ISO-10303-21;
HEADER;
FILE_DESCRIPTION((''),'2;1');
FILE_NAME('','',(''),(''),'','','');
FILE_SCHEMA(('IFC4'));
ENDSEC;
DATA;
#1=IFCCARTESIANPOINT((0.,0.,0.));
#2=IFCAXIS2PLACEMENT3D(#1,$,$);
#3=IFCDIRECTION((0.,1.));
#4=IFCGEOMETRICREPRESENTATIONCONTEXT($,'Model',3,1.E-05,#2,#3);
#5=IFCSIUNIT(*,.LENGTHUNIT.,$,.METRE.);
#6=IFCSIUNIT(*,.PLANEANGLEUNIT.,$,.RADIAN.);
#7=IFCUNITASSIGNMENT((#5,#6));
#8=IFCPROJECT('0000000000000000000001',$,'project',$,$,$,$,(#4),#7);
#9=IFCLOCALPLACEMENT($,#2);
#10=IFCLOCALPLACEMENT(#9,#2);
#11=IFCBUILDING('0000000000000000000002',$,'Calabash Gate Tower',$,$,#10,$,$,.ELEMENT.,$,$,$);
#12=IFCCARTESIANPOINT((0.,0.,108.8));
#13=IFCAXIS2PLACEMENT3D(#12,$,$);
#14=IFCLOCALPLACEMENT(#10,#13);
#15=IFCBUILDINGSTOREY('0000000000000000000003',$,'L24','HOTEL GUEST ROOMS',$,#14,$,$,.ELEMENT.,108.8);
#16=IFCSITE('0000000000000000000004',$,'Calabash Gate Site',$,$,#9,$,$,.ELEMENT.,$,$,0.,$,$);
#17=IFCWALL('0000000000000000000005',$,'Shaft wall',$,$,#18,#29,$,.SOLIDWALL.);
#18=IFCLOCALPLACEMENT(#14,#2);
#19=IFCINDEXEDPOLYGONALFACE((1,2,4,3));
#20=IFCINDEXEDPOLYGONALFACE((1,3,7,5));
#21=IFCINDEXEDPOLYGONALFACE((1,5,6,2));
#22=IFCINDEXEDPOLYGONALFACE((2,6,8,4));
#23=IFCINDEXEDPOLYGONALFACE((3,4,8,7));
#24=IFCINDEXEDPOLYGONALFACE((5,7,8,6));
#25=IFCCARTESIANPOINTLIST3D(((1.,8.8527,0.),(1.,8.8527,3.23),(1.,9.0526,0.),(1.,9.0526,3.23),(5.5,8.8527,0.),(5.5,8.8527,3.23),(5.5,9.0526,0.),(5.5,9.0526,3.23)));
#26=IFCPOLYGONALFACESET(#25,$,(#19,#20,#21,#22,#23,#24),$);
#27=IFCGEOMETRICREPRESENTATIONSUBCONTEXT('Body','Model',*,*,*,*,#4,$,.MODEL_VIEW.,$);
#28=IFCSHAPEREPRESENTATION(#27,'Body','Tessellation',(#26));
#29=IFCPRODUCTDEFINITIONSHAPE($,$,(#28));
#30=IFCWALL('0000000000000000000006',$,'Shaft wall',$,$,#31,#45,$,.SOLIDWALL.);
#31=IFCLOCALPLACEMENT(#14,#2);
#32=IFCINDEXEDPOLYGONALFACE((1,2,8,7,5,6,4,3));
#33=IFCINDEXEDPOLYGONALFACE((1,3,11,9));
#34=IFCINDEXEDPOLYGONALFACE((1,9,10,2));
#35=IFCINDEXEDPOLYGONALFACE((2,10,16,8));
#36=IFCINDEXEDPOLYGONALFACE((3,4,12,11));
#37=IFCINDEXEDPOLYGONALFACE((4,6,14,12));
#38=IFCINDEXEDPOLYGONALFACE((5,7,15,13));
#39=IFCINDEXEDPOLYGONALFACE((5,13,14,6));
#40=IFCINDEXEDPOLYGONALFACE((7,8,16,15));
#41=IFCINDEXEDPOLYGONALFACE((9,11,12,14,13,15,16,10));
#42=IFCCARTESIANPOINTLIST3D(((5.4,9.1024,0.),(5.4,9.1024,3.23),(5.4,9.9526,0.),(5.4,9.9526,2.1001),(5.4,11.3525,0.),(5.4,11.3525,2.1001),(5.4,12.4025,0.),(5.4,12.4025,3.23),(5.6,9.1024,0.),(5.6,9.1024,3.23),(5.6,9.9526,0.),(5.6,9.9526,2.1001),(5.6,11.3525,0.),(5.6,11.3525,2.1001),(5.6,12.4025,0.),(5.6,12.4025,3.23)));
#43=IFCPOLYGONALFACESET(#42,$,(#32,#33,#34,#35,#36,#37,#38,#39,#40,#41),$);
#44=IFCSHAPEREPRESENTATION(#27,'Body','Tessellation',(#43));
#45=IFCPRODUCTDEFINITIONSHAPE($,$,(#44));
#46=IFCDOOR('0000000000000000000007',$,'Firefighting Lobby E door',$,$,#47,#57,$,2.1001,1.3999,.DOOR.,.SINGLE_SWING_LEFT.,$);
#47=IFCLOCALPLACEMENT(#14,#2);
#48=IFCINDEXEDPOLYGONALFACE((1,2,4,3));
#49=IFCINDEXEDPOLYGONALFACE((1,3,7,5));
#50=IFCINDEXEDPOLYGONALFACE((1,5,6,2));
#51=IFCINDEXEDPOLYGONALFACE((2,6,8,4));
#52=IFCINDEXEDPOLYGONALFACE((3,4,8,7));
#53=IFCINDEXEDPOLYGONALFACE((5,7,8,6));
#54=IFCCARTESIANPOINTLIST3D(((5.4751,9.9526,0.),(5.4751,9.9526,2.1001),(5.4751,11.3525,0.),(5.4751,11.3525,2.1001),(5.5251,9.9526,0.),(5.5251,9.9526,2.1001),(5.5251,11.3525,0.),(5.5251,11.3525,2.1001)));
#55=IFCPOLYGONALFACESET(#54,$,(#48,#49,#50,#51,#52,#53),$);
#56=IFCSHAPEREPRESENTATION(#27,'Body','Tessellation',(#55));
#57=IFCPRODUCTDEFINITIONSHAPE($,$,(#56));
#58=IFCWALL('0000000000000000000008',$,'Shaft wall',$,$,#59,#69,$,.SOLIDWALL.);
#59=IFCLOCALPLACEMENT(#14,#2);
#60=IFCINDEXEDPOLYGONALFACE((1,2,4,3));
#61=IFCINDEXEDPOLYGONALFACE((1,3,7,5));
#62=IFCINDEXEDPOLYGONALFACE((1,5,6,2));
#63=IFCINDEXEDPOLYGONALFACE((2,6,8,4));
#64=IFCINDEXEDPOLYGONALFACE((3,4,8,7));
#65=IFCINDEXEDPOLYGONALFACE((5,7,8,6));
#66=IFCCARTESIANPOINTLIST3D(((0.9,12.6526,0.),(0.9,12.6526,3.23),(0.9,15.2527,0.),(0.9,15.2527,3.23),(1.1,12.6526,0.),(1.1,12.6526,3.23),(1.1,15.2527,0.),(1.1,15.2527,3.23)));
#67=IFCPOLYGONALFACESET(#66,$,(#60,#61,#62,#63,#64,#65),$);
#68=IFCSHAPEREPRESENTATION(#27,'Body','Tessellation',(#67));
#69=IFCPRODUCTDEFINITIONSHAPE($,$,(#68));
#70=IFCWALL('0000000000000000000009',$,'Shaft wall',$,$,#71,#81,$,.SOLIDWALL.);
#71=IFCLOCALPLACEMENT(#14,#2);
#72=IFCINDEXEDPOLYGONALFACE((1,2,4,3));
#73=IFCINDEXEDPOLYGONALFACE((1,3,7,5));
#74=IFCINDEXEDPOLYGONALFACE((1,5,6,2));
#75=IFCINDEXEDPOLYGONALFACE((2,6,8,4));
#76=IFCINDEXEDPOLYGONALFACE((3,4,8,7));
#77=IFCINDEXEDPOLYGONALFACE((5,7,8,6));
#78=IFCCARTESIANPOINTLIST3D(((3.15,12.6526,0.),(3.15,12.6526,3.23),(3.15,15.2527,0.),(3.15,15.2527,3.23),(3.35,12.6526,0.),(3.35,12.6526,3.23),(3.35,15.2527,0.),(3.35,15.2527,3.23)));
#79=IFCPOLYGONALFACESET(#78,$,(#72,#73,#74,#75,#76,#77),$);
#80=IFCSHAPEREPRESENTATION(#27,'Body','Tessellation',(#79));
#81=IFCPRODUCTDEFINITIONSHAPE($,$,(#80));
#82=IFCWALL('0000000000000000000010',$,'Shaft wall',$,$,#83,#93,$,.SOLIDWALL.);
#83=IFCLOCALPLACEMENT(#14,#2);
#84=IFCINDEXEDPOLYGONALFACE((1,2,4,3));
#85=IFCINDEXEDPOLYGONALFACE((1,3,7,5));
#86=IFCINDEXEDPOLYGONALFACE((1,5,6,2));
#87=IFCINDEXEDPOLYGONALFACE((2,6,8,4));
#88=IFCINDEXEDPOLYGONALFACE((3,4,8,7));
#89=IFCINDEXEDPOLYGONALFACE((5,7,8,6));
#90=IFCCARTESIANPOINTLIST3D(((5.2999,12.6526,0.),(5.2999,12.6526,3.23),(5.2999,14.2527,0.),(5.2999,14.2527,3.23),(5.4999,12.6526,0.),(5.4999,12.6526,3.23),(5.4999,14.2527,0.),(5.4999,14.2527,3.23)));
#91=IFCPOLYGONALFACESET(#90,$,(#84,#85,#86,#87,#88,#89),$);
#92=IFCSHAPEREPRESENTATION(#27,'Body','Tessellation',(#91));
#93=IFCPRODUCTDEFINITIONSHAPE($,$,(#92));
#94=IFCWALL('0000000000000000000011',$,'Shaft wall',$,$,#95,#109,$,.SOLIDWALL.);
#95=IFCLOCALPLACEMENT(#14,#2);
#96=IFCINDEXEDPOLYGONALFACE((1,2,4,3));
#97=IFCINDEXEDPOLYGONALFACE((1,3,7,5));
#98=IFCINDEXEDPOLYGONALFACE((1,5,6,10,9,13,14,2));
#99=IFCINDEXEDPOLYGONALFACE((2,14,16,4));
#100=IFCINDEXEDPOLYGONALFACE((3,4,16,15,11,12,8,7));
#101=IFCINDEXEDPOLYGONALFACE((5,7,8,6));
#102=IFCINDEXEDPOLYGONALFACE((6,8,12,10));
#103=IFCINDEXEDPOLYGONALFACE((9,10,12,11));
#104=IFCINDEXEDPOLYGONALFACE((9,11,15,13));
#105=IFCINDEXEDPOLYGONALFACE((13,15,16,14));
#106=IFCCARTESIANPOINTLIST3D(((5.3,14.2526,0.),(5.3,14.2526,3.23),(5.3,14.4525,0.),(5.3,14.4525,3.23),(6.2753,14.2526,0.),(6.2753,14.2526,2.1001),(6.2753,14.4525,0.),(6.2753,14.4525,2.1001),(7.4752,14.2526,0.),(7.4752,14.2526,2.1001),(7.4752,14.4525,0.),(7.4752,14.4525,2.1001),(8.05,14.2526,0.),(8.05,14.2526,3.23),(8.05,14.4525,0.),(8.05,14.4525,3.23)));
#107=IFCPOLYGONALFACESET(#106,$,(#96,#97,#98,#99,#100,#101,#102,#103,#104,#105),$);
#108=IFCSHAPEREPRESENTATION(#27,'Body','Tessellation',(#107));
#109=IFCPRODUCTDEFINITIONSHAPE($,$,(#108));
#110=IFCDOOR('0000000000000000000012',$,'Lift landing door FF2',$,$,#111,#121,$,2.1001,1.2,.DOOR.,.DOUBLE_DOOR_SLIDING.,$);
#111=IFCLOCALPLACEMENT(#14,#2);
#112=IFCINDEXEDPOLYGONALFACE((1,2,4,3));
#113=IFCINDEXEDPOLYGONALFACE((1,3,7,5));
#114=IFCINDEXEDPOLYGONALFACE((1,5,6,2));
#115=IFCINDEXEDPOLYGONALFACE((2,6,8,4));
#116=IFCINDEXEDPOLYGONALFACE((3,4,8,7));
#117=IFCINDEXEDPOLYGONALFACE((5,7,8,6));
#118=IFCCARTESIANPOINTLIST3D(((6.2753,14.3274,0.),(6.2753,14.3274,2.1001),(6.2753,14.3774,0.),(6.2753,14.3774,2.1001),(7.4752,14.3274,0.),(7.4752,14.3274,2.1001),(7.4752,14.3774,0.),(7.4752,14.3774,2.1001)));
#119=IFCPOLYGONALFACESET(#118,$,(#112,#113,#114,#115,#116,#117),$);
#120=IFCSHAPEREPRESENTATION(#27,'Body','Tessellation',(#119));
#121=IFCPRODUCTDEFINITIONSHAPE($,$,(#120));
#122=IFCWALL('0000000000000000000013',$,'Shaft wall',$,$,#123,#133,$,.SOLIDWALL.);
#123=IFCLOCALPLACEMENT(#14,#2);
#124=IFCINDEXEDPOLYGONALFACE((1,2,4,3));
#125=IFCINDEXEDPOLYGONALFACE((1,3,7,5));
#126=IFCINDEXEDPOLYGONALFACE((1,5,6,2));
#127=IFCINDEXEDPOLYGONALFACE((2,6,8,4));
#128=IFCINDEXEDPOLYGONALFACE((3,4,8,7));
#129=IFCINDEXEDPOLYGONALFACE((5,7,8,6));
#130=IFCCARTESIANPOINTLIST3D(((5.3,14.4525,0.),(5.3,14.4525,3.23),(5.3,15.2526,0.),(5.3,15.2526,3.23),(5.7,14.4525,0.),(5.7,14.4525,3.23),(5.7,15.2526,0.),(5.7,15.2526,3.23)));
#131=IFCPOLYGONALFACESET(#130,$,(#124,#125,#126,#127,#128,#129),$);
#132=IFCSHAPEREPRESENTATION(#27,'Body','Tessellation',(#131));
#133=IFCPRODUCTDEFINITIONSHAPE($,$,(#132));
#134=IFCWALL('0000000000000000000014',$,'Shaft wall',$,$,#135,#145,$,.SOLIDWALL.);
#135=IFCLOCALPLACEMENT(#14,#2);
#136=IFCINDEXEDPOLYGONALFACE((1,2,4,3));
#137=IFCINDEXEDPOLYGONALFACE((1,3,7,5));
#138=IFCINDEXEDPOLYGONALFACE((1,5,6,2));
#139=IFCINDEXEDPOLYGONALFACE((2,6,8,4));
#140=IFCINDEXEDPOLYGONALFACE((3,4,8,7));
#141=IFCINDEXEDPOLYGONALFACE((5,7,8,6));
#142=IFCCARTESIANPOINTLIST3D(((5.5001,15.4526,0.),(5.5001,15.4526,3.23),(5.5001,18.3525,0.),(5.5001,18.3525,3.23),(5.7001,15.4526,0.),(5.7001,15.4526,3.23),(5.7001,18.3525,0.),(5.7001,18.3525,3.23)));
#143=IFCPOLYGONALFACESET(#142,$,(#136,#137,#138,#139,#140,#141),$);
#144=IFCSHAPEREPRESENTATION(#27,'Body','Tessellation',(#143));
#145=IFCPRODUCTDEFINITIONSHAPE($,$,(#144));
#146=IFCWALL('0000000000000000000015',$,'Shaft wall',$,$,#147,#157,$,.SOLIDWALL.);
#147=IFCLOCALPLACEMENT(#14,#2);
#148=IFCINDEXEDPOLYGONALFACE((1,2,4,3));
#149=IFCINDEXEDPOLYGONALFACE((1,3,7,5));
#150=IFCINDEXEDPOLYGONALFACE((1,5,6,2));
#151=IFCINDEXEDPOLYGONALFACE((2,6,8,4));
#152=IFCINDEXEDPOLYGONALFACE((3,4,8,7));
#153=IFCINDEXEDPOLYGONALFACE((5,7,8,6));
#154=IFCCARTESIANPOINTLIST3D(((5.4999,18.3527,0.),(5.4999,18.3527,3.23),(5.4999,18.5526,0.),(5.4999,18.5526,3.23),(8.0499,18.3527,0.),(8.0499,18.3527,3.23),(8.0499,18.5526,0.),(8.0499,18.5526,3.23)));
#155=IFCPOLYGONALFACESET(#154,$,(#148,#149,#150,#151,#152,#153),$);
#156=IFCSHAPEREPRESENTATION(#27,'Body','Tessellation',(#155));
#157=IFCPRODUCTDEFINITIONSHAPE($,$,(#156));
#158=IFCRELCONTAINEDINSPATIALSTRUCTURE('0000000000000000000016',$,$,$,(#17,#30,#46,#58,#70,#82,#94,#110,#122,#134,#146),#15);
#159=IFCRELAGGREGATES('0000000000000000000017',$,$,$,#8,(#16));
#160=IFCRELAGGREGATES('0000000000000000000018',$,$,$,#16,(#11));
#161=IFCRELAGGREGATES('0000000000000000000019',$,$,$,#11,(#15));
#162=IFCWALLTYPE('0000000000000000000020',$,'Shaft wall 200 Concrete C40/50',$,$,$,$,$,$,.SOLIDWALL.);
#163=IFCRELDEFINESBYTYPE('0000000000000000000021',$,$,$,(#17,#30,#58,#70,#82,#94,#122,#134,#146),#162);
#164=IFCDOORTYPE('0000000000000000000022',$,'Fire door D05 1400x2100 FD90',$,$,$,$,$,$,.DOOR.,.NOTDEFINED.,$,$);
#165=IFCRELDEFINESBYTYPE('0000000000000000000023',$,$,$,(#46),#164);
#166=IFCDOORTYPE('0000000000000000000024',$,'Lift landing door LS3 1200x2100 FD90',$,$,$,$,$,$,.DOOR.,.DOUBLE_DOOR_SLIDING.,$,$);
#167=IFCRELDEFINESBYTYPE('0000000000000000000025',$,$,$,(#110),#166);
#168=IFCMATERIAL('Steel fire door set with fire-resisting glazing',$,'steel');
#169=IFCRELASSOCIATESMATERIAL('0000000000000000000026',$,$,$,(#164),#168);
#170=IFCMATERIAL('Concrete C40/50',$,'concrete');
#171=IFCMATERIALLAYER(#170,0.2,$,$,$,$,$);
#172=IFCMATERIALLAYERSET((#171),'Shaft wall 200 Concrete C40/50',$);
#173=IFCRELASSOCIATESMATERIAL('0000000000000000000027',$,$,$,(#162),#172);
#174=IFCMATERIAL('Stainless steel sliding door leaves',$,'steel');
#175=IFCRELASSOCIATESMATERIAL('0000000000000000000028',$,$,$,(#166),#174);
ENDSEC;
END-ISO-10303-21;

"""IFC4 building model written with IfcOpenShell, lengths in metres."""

from ifc_helpers import new_model, si_unit, direction, frame, frame_2d, origin, place, context, subcontext, project, spatial, rectangle, extrude, material, layer, layer_set, type_object, element, fill, save


model = new_model("IFC4")

# Units and contexts
model_context = context("Model", 3, precision=1e-05, world=origin(), true_north=direction((0.0, 1.0)))
body_context = subcontext(model_context, "Body", "Model", "MODEL_VIEW")
ifc_project = project(units=[si_unit("LENGTHUNIT", "METRE"), si_unit("PLANEANGLEUNIT", "RADIAN")], contexts=[model_context])

# Site, building, storey
site_placement = place(None, origin())
site = spatial("IfcSite", under=ifc_project, at=site_placement, Name="Calabash Gate Site", CompositionType="ELEMENT", RefElevation=0.0)
building_placement = place(site_placement, origin())
building = spatial("IfcBuilding", under=site, at=building_placement, Name="Calabash Gate Tower", CompositionType="ELEMENT")
storey_placement = place(building_placement, frame((0.0, 0.0, 108.8)))
storey = spatial("IfcBuildingStorey", under=building, at=storey_placement, Name="L24", Description="HOTEL GUEST ROOMS", CompositionType="ELEMENT", Elevation=108.8)

# Shared definitions
ifc_material_1 = material(Name="Steel fire door set with fire-resisting glazing", Category="steel")
door_type_1 = type_object("IfcDoorType", Name="Fire door D05 1400x2100 FD90", OperationType="NOTDEFINED", PredefinedType="DOOR", material=ifc_material_1)

# Wall
ifc_material_2 = material(Name="Concrete C40/50", Category="concrete")
ifc_layer_1 = layer(ifc_material_2, 0.2)
ifc_layer_set_1 = layer_set([ifc_layer_1], Name="Shaft wall 200 Concrete C40/50")
wall_type_1 = type_object("IfcWallType", Name="Shaft wall 200 Concrete C40/50", PredefinedType="SOLIDWALL", material=ifc_layer_set_1)
wall_1_placement = place(storey_placement, frame((1.0, 8.9526, 0.0), z_axis=(0.0, 0.0, 1.0), x_axis=(1.0, 0.0, 0.0)))
element("IfcWall", 1, at=wall_1_placement, inside=storey, type_object=wall_type_1, Name="Shaft wall", PredefinedType="SOLIDWALL", context=body_context, shape_type="SweptSolid", body=[
    extrude(rectangle(XDim=4.5, YDim=0.2, at=frame_2d((2.25, 0.0))), origin(), (0.0, 0.0, 1.0), 3.23),
])

# Wall, opening, door
wall_2_placement = place(storey_placement, frame((5.5, 9.1025, 0.0), z_axis=(0.0, 0.0, 1.0), x_axis=(0.0, 1.0, 0.0)))
wall_2 = element("IfcWall", 2, at=wall_2_placement, inside=storey, type_object=wall_type_1, Name="Shaft wall", PredefinedType="SOLIDWALL", context=body_context, shape_type="SweptSolid", body=[
    extrude(rectangle(XDim=3.3, YDim=0.2, at=frame_2d((1.6499, 0.0))), origin(), (0.0, 0.0, 1.0), 3.23),
])
opening_1_placement = place(wall_2_placement, frame((0.8501, 0.0, 0.0)))
opening_1 = element("IfcOpeningElement", 3, at=opening_1_placement, cuts=wall_2, PredefinedType="OPENING", context=body_context, shape_type="SweptSolid", body=[
    extrude(rectangle(XDim=1.3999, YDim=2.1001, at=frame_2d((0.7, 1.05))), frame((0.0, 0.1099, 0.0), z_axis=(0.0, -1.0, 0.0), x_axis=(1.0, 0.0, 0.0)), (0.0, 0.0, 1.0), 0.22),
])
door_1_placement = place(opening_1_placement, origin())
door_1 = element("IfcDoor", 4, at=door_1_placement, inside=storey, type_object=door_type_1, Name="Firefighting Lobby E door", OperationType="SINGLE_SWING_LEFT", OverallHeight=2.1001, OverallWidth=1.3999, PredefinedType="DOOR", context=body_context, shape_type="SweptSolid", body=[
    extrude(rectangle(XDim=1.3999, YDim=2.1001, at=frame_2d((0.7, 1.05))), frame((0.0, 0.0249, 0.0), z_axis=(0.0, -1.0, 0.0), x_axis=(1.0, 0.0, 0.0)), (0.0, 0.0, 1.0), 0.05),
])
fill(opening_1, door_1)

# Walls
for number, where, z_axis, x_axis, name in (
    (5, (1.0, 12.6526, 0.0), (0.0, 0.0, 1.0), (0.0, 1.0, 0.0), "Shaft wall"),
    (6, (3.25, 12.6526, 0.0), (0.0, 0.0, 1.0), (0.0, 1.0, 0.0), "Shaft wall"),
):
    element("IfcWall", number, at=place(storey_placement, frame(where, z_axis=z_axis, x_axis=x_axis)), inside=storey, type_object=wall_type_1, Name=name, PredefinedType="SOLIDWALL", context=body_context, shape_type="SweptSolid", body=[
        extrude(rectangle(XDim=2.6001, YDim=0.2, at=frame_2d((1.3, 0.0))), origin(), (0.0, 0.0, 1.0), 3.23),
    ])
wall_3_placement = place(storey_placement, frame((5.3999, 12.6526, 0.0), z_axis=(0.0, 0.0, 1.0), x_axis=(0.0, 1.0, 0.0)))
element("IfcWall", 7, at=wall_3_placement, inside=storey, type_object=wall_type_1, Name="Shaft wall", PredefinedType="SOLIDWALL", context=body_context, shape_type="SweptSolid", body=[
    extrude(rectangle(XDim=1.6001, YDim=0.2, at=frame_2d((0.8, 0.0))), origin(), (0.0, 0.0, 1.0), 3.23),
])

# Wall, opening, door
wall_4_placement = place(storey_placement, frame((5.3, 14.3525, 0.0), z_axis=(0.0, 0.0, 1.0), x_axis=(1.0, 0.0, 0.0)))
wall_4 = element("IfcWall", 8, at=wall_4_placement, inside=storey, type_object=wall_type_1, Name="Shaft wall", PredefinedType="SOLIDWALL", context=body_context, shape_type="SweptSolid", body=[
    extrude(rectangle(XDim=2.75, YDim=0.2, at=frame_2d((1.375, 0.0))), origin(), (0.0, 0.0, 1.0), 3.23),
])
opening_2_placement = place(wall_4_placement, frame((0.9751, 0.0, 0.0)))
opening_2 = element("IfcOpeningElement", 9, at=opening_2_placement, cuts=wall_4, PredefinedType="OPENING", context=body_context, shape_type="SweptSolid", body=[
    extrude(rectangle(XDim=1.2, YDim=2.1001, at=frame_2d((0.6001, 1.05))), frame((0.0, 0.1099, 0.0), z_axis=(0.0, -1.0, 0.0), x_axis=(1.0, 0.0, 0.0)), (0.0, 0.0, 1.0), 0.22),
])
ifc_material_3 = material(Name="Stainless steel sliding door leaves", Category="steel")
door_type_2 = type_object("IfcDoorType", Name="Lift landing door LS3 1200x2100 FD90", OperationType="DOUBLE_DOOR_SLIDING", PredefinedType="DOOR", material=ifc_material_3)
door_2_placement = place(opening_2_placement, origin())
door_2 = element("IfcDoor", 10, at=door_2_placement, inside=storey, type_object=door_type_2, Name="Lift landing door FF2", OperationType="DOUBLE_DOOR_SLIDING", OverallHeight=2.1001, OverallWidth=1.2, PredefinedType="DOOR", context=body_context, shape_type="SweptSolid", body=[
    extrude(rectangle(XDim=1.2, YDim=2.1001, at=frame_2d((0.6001, 1.05))), frame((0.0, 0.0249, 0.0), z_axis=(0.0, -1.0, 0.0), x_axis=(1.0, 0.0, 0.0)), (0.0, 0.0, 1.0), 0.05),
])
fill(opening_2, door_2)

# Walls
wall_5_placement = place(storey_placement, frame((5.5, 14.4526, 0.0), z_axis=(0.0, 0.0, 1.0), x_axis=(0.0, 1.0, 0.0)))
element("IfcWall", 11, at=wall_5_placement, inside=storey, type_object=wall_type_1, Name="Shaft wall", PredefinedType="SOLIDWALL", context=body_context, shape_type="SweptSolid", body=[
    extrude(rectangle(XDim=0.8, YDim=0.3999, at=frame_2d((0.3999, 0.0))), origin(), (0.0, 0.0, 1.0), 3.23),
])
wall_6_placement = place(storey_placement, frame((5.6001, 15.4526, 0.0), z_axis=(0.0, 0.0, 1.0), x_axis=(0.0, 1.0, 0.0)))
element("IfcWall", 12, at=wall_6_placement, inside=storey, type_object=wall_type_1, Name="Shaft wall", PredefinedType="SOLIDWALL", context=body_context, shape_type="SweptSolid", body=[
    extrude(rectangle(XDim=2.8999, YDim=0.2, at=frame_2d((1.45, 0.0))), origin(), (0.0, 0.0, 1.0), 3.23),
])
wall_7_placement = place(storey_placement, frame((5.5, 18.4526, 0.0), z_axis=(0.0, 0.0, 1.0), x_axis=(1.0, 0.0, 0.0)))
element("IfcWall", 13, at=wall_7_placement, inside=storey, type_object=wall_type_1, Name="Shaft wall", PredefinedType="SOLIDWALL", context=body_context, shape_type="SweptSolid", body=[
    extrude(rectangle(XDim=2.55, YDim=0.2, at=frame_2d((1.2749, 0.0))), origin(), (0.0, 0.0, 1.0), 3.23),
])

save(model, "model.ifc")
